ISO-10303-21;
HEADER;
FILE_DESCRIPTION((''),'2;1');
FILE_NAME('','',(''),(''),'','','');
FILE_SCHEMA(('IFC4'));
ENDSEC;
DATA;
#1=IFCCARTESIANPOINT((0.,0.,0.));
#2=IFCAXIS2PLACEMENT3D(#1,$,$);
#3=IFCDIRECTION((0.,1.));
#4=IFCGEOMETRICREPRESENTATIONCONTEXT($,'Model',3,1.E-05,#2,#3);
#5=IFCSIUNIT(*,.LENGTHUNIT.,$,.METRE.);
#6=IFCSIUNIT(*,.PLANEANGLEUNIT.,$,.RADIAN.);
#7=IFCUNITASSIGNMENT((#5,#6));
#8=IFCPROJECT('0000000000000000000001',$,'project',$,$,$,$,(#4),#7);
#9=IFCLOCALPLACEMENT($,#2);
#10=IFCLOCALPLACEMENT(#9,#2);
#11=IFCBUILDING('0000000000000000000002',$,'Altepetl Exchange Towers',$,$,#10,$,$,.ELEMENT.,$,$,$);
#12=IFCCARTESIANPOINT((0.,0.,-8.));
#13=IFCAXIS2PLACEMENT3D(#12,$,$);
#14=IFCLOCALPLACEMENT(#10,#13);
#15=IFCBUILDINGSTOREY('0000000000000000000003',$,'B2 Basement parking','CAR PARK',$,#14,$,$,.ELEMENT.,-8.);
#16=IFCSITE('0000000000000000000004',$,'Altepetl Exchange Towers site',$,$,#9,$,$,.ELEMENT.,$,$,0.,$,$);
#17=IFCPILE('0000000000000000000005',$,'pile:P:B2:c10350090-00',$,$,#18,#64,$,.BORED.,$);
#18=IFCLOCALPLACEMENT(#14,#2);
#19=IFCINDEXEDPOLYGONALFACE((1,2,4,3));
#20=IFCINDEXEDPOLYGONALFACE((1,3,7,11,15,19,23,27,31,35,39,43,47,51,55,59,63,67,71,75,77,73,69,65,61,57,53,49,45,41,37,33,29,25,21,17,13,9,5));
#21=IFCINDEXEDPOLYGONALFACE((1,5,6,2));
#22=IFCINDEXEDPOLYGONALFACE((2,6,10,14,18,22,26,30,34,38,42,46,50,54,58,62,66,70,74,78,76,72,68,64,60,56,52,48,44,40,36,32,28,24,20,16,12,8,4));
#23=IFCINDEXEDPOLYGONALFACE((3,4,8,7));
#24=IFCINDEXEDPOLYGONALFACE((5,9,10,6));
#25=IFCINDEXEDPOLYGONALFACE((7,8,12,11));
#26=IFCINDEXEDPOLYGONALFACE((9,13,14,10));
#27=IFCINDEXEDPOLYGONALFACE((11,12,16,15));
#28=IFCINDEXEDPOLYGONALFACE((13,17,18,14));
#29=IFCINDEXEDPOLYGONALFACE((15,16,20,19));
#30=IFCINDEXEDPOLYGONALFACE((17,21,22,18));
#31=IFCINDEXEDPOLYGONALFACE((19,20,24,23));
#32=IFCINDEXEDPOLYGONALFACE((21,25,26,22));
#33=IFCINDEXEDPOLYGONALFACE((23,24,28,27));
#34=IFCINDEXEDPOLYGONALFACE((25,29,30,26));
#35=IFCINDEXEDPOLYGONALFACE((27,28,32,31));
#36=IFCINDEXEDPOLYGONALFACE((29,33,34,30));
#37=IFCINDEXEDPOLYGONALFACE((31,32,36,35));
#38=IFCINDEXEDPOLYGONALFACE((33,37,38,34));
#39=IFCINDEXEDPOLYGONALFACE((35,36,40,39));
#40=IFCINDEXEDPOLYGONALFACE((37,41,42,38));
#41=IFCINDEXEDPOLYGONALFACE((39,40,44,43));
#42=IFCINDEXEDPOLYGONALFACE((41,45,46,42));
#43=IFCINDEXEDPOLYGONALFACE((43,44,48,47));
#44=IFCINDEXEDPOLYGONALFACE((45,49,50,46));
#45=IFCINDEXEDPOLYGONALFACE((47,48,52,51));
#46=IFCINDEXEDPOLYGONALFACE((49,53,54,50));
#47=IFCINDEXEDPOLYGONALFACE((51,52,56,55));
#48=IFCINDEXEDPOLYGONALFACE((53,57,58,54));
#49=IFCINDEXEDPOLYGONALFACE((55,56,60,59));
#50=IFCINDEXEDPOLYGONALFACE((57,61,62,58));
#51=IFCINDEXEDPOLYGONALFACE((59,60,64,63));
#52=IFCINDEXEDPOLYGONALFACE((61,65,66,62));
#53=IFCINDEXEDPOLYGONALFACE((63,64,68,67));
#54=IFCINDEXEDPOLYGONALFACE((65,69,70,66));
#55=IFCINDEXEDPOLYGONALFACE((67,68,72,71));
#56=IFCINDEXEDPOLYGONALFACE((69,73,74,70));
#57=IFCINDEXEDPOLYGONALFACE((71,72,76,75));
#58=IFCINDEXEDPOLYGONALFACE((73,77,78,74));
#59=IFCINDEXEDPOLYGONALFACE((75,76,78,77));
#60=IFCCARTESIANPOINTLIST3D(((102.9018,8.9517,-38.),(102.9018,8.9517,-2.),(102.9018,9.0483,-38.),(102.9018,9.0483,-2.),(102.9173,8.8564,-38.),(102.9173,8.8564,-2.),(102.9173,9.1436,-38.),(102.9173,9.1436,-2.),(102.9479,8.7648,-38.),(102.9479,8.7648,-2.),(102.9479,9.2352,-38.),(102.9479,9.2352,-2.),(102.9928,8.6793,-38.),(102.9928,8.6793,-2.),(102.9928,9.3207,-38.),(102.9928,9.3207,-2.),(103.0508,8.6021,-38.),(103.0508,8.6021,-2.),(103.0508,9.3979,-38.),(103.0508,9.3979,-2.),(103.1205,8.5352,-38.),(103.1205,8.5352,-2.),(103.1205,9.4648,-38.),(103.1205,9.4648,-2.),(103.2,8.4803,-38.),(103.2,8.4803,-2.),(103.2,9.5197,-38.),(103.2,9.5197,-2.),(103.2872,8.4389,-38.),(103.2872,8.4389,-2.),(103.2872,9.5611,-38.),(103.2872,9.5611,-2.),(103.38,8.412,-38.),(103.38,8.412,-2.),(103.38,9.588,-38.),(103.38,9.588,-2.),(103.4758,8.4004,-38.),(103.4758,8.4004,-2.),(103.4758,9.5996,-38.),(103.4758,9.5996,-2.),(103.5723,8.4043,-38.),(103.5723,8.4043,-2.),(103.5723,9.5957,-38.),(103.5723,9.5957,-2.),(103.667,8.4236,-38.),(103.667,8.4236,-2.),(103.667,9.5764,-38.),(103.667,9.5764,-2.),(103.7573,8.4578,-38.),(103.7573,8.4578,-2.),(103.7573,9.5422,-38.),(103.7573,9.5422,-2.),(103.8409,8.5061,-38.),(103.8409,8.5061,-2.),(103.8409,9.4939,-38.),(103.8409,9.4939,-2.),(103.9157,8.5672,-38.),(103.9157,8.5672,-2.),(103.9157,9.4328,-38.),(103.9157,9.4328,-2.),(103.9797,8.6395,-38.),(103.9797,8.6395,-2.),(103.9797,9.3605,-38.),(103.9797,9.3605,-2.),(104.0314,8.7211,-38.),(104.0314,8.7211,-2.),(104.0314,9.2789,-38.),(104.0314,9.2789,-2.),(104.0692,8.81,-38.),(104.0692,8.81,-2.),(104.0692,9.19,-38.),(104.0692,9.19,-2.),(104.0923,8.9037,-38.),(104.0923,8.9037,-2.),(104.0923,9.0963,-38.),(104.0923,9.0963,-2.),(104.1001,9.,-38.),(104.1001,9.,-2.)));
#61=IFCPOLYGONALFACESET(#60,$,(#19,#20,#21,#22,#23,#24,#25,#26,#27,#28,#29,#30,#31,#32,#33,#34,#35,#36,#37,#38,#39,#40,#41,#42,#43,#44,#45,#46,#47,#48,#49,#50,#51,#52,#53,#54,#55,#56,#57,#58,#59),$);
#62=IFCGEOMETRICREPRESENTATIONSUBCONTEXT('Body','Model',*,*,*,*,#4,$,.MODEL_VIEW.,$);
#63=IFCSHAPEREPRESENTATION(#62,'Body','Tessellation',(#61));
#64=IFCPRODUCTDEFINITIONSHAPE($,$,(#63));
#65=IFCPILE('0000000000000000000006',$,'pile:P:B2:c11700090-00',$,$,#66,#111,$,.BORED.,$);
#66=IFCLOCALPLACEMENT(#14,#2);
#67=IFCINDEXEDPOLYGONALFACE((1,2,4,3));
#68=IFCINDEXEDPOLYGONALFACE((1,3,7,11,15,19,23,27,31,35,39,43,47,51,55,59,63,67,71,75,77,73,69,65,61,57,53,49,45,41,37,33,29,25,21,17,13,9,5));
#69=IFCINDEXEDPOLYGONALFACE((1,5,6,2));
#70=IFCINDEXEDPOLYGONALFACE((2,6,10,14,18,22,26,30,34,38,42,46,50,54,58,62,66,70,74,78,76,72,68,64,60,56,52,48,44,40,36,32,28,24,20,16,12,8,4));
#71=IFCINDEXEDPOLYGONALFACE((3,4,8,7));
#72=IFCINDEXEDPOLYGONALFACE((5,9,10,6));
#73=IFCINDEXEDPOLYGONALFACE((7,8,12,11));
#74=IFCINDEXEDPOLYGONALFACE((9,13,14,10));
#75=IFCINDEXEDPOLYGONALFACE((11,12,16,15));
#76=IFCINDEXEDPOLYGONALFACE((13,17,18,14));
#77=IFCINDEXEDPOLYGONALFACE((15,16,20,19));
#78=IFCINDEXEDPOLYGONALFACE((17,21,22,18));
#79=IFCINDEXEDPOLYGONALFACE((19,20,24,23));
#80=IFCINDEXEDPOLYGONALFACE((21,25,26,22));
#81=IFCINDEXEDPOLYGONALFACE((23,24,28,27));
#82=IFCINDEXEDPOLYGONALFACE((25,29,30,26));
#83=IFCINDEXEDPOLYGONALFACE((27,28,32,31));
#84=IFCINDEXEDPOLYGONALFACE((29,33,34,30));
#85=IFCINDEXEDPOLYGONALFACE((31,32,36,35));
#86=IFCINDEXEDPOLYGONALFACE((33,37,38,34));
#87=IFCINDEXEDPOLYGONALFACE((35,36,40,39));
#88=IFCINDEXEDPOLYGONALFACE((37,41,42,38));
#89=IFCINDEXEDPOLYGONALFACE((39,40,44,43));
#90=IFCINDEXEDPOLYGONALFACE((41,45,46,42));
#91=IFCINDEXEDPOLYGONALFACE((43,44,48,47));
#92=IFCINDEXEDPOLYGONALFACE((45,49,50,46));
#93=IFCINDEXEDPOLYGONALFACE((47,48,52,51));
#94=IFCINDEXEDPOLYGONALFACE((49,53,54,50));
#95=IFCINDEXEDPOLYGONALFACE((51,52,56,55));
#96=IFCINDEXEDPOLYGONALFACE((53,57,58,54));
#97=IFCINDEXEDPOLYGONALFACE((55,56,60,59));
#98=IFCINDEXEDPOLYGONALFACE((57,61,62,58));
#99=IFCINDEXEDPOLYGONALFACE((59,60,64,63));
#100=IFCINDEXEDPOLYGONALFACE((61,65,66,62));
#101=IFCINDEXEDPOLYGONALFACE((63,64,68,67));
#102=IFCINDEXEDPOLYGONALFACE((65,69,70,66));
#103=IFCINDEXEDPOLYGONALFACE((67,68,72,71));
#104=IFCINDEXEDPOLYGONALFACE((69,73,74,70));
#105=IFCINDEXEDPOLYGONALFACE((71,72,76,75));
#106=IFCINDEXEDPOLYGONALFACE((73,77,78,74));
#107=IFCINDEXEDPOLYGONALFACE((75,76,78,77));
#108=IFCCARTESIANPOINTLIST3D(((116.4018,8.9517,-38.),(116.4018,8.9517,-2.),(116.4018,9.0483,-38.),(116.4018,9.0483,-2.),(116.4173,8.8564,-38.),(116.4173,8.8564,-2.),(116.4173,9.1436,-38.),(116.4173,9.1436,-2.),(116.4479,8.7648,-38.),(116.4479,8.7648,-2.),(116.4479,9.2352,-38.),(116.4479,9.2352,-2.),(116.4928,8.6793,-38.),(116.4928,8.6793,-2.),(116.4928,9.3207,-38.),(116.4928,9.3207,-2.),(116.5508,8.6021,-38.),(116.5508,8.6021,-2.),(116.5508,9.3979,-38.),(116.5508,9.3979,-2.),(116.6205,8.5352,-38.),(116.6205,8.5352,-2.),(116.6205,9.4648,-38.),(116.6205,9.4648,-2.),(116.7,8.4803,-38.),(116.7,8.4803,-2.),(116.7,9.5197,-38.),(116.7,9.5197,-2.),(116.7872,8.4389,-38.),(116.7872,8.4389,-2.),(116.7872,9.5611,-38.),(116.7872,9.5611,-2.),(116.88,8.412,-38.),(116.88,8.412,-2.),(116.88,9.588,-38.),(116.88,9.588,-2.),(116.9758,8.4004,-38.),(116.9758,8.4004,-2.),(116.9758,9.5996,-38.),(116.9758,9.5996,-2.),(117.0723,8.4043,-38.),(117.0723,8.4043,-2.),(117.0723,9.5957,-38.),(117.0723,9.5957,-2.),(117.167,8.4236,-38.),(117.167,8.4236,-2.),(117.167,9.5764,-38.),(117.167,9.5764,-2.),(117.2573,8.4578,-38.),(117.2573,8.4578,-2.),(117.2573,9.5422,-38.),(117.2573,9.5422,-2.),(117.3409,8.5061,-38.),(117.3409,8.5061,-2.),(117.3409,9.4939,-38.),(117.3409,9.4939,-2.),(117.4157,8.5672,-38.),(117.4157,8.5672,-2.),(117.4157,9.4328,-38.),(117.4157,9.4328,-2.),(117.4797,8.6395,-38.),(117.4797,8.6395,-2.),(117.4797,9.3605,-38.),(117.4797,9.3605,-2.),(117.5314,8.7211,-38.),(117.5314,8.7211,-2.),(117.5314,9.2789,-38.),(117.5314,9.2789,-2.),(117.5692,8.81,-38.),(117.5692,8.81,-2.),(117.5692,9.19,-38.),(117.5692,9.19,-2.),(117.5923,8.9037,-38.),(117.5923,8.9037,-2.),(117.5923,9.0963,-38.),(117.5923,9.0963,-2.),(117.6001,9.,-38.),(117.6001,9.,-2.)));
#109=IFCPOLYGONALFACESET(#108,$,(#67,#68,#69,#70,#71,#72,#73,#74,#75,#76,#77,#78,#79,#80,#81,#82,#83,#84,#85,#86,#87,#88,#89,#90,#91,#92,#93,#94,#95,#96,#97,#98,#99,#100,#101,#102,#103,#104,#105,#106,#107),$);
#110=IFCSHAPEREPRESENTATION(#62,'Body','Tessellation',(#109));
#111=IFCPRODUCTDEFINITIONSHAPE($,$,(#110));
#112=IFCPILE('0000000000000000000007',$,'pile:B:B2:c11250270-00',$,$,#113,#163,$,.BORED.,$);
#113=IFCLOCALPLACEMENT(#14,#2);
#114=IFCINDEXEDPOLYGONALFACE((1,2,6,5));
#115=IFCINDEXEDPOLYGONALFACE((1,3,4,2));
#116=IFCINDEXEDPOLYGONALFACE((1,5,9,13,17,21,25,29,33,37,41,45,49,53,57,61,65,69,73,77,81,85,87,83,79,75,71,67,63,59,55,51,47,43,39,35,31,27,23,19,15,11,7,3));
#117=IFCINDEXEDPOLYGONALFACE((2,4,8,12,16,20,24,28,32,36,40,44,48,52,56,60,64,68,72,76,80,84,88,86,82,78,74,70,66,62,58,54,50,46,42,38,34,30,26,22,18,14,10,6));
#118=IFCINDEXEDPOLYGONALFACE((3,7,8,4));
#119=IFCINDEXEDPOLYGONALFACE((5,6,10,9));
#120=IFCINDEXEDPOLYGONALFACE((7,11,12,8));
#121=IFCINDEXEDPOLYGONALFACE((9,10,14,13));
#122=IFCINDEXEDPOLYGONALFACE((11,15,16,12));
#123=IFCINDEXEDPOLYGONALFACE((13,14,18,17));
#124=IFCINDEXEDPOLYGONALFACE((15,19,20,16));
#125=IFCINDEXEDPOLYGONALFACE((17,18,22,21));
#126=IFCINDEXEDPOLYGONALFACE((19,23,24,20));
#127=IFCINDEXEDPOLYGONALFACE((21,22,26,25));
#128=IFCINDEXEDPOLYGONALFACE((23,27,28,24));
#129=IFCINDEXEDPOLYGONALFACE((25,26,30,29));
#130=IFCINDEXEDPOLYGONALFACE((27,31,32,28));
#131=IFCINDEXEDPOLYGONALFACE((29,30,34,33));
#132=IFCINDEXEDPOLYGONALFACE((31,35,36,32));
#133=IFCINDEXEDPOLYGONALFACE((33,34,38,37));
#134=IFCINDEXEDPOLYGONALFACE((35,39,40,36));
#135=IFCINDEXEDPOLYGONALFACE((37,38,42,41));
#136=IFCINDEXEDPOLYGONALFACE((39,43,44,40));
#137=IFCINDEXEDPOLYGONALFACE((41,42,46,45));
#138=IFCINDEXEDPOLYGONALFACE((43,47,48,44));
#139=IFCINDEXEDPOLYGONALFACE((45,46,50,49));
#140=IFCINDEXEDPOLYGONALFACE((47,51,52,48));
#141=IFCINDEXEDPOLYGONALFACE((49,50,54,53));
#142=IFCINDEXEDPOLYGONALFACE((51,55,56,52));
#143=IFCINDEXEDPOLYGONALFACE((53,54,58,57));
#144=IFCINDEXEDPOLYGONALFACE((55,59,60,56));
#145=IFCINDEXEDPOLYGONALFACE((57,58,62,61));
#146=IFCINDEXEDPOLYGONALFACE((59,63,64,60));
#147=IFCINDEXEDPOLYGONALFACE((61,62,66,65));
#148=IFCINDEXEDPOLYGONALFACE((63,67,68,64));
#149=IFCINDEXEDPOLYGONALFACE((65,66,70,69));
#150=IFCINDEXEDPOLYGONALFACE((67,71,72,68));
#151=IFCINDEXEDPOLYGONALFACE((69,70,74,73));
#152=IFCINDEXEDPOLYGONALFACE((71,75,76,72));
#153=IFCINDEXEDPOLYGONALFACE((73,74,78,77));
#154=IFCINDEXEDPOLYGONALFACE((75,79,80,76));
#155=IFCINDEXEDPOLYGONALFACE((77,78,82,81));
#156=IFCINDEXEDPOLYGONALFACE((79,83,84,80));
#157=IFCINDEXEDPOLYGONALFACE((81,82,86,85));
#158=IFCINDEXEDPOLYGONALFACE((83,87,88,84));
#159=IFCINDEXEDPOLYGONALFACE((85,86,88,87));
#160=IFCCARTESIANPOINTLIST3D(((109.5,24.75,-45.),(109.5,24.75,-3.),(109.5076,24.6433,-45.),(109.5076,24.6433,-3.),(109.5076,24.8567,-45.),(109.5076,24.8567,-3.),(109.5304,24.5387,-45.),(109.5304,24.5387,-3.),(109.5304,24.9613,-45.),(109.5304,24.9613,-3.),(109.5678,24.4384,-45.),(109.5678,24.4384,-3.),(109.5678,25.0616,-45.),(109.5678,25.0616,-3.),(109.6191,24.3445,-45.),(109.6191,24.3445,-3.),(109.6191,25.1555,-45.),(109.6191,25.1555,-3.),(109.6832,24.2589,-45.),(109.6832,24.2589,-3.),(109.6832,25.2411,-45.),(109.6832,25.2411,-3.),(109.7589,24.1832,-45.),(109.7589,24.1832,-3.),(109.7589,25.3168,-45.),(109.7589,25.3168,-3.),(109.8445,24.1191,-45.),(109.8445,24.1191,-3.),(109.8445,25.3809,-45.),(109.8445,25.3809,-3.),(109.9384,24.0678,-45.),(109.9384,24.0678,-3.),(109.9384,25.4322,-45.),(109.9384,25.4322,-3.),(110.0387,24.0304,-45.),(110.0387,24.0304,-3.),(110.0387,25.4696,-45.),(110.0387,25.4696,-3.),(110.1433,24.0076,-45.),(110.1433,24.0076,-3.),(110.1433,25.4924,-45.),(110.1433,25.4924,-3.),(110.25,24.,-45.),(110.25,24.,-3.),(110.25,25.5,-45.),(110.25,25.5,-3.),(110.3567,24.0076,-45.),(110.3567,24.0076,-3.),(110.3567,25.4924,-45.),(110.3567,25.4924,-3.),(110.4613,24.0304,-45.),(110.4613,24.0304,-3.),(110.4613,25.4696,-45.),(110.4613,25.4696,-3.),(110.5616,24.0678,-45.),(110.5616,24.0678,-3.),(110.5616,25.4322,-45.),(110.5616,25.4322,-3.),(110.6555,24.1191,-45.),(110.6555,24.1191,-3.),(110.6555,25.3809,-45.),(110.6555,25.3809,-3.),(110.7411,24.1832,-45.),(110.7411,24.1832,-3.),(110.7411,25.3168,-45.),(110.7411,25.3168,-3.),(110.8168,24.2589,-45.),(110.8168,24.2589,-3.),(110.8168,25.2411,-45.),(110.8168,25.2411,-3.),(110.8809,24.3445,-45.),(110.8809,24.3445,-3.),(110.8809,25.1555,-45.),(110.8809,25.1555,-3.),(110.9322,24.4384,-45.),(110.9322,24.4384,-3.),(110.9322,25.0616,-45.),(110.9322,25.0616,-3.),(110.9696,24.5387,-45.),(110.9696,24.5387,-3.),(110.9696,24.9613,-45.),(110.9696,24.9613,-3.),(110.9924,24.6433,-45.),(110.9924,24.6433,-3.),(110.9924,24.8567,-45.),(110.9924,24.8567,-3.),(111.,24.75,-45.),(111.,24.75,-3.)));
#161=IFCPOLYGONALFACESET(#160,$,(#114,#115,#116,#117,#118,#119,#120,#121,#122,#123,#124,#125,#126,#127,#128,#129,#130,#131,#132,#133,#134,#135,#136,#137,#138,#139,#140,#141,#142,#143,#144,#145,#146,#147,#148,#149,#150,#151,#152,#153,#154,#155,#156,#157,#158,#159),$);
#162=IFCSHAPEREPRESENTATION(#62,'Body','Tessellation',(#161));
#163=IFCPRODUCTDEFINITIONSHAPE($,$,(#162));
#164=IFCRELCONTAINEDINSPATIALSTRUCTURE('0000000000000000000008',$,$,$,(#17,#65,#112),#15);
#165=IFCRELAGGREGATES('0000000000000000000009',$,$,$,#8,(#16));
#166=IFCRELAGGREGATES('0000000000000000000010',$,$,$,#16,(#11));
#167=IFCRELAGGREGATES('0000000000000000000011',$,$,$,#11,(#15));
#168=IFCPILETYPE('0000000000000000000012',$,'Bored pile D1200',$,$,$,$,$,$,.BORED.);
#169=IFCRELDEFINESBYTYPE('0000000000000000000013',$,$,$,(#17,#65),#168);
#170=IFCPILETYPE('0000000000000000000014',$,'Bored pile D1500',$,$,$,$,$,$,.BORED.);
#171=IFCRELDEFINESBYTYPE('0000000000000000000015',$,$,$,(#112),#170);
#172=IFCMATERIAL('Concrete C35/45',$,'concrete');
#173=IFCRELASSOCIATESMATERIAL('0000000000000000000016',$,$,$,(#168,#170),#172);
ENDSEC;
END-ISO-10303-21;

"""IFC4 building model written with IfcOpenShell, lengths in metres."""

from ifc_helpers import new_model, si_unit, direction, frame, origin, origin_2d, place, context, subcontext, project, spatial, circle, extrude, material, material_profile, profile_set, type_object, element, save


model = new_model("IFC4")

# Units and contexts
model_context = context("Model", 3, precision=1e-05, world=origin(), true_north=direction((0.0, 1.0)))
body_context = subcontext(model_context, "Body", "Model", "MODEL_VIEW")
ifc_project = project(units=[si_unit("LENGTHUNIT", "METRE"), si_unit("PLANEANGLEUNIT", "RADIAN")], contexts=[model_context])

# Site, building, storey
site_placement = place(None, origin())
site = spatial("IfcSite", under=ifc_project, at=site_placement, Name="Altepetl Exchange Towers site", CompositionType="ELEMENT", RefElevation=0.0)
building_placement = place(site_placement, origin())
building = spatial("IfcBuilding", under=site, at=building_placement, Name="Altepetl Exchange Towers", CompositionType="ELEMENT")
storey_placement = place(building_placement, frame((0.0, 0.0, -8.0)))
storey = spatial("IfcBuildingStorey", under=building, at=storey_placement, Name="B2 Basement parking", Description="CAR PARK", CompositionType="ELEMENT", Elevation=-8.0)

# Piles
ifc_material_1 = material(Name="Concrete C35/45", Category="concrete")
ifc_material_profile_1 = material_profile(ifc_material_1, circle(Radius=0.6001, at=origin_2d()), Name="D1200")
ifc_profile_set_1 = profile_set([ifc_material_profile_1], Name="Concrete C35/45")
pile_type_1 = type_object("IfcPileType", Name="Bored pile D1200", PredefinedType="BORED", material=ifc_profile_set_1)
for number, where, z_axis, x_axis, name in (
    (1, (103.5, 9.0, -2.0), (0.0, 0.0, -1.0), (1.0, 0.0, 0.0), "pile:P:B2:c10350090-00"),
    (2, (117.0, 9.0, -2.0), (0.0, 0.0, -1.0), (1.0, 0.0, 0.0), "pile:P:B2:c11700090-00"),
):
    element("IfcPile", number, at=place(storey_placement, frame(where, z_axis=z_axis, x_axis=x_axis)), inside=storey, type_object=pile_type_1, Name=name, PredefinedType="BORED", context=body_context, shape_type="SweptSolid", body=[
        extrude(circle(Radius=0.6001, at=origin_2d()), origin(), (0.0, 0.0, 1.0), 36.0),
    ])
ifc_material_profile_2 = material_profile(ifc_material_1, circle(Radius=0.75, at=origin_2d()), Name="D1500")
ifc_profile_set_2 = profile_set([ifc_material_profile_2], Name="Concrete C35/45")
pile_type_2 = type_object("IfcPileType", Name="Bored pile D1500", PredefinedType="BORED", material=ifc_profile_set_2)
for number, where, z_axis, x_axis, name in (
    (3, (110.25, 24.75, -3.0), (0.0, 0.0, -1.0), (1.0, 0.0, 0.0), "pile:B:B2:c11250270-00"),
):
    element("IfcPile", number, at=place(storey_placement, frame(where, z_axis=z_axis, x_axis=x_axis)), inside=storey, type_object=pile_type_2, Name=name, PredefinedType="BORED", context=body_context, shape_type="SweptSolid", body=[
        extrude(circle(Radius=0.75, at=origin_2d()), origin(), (0.0, 0.0, 1.0), 42.0),
    ])

save(model, "model.ifc")
